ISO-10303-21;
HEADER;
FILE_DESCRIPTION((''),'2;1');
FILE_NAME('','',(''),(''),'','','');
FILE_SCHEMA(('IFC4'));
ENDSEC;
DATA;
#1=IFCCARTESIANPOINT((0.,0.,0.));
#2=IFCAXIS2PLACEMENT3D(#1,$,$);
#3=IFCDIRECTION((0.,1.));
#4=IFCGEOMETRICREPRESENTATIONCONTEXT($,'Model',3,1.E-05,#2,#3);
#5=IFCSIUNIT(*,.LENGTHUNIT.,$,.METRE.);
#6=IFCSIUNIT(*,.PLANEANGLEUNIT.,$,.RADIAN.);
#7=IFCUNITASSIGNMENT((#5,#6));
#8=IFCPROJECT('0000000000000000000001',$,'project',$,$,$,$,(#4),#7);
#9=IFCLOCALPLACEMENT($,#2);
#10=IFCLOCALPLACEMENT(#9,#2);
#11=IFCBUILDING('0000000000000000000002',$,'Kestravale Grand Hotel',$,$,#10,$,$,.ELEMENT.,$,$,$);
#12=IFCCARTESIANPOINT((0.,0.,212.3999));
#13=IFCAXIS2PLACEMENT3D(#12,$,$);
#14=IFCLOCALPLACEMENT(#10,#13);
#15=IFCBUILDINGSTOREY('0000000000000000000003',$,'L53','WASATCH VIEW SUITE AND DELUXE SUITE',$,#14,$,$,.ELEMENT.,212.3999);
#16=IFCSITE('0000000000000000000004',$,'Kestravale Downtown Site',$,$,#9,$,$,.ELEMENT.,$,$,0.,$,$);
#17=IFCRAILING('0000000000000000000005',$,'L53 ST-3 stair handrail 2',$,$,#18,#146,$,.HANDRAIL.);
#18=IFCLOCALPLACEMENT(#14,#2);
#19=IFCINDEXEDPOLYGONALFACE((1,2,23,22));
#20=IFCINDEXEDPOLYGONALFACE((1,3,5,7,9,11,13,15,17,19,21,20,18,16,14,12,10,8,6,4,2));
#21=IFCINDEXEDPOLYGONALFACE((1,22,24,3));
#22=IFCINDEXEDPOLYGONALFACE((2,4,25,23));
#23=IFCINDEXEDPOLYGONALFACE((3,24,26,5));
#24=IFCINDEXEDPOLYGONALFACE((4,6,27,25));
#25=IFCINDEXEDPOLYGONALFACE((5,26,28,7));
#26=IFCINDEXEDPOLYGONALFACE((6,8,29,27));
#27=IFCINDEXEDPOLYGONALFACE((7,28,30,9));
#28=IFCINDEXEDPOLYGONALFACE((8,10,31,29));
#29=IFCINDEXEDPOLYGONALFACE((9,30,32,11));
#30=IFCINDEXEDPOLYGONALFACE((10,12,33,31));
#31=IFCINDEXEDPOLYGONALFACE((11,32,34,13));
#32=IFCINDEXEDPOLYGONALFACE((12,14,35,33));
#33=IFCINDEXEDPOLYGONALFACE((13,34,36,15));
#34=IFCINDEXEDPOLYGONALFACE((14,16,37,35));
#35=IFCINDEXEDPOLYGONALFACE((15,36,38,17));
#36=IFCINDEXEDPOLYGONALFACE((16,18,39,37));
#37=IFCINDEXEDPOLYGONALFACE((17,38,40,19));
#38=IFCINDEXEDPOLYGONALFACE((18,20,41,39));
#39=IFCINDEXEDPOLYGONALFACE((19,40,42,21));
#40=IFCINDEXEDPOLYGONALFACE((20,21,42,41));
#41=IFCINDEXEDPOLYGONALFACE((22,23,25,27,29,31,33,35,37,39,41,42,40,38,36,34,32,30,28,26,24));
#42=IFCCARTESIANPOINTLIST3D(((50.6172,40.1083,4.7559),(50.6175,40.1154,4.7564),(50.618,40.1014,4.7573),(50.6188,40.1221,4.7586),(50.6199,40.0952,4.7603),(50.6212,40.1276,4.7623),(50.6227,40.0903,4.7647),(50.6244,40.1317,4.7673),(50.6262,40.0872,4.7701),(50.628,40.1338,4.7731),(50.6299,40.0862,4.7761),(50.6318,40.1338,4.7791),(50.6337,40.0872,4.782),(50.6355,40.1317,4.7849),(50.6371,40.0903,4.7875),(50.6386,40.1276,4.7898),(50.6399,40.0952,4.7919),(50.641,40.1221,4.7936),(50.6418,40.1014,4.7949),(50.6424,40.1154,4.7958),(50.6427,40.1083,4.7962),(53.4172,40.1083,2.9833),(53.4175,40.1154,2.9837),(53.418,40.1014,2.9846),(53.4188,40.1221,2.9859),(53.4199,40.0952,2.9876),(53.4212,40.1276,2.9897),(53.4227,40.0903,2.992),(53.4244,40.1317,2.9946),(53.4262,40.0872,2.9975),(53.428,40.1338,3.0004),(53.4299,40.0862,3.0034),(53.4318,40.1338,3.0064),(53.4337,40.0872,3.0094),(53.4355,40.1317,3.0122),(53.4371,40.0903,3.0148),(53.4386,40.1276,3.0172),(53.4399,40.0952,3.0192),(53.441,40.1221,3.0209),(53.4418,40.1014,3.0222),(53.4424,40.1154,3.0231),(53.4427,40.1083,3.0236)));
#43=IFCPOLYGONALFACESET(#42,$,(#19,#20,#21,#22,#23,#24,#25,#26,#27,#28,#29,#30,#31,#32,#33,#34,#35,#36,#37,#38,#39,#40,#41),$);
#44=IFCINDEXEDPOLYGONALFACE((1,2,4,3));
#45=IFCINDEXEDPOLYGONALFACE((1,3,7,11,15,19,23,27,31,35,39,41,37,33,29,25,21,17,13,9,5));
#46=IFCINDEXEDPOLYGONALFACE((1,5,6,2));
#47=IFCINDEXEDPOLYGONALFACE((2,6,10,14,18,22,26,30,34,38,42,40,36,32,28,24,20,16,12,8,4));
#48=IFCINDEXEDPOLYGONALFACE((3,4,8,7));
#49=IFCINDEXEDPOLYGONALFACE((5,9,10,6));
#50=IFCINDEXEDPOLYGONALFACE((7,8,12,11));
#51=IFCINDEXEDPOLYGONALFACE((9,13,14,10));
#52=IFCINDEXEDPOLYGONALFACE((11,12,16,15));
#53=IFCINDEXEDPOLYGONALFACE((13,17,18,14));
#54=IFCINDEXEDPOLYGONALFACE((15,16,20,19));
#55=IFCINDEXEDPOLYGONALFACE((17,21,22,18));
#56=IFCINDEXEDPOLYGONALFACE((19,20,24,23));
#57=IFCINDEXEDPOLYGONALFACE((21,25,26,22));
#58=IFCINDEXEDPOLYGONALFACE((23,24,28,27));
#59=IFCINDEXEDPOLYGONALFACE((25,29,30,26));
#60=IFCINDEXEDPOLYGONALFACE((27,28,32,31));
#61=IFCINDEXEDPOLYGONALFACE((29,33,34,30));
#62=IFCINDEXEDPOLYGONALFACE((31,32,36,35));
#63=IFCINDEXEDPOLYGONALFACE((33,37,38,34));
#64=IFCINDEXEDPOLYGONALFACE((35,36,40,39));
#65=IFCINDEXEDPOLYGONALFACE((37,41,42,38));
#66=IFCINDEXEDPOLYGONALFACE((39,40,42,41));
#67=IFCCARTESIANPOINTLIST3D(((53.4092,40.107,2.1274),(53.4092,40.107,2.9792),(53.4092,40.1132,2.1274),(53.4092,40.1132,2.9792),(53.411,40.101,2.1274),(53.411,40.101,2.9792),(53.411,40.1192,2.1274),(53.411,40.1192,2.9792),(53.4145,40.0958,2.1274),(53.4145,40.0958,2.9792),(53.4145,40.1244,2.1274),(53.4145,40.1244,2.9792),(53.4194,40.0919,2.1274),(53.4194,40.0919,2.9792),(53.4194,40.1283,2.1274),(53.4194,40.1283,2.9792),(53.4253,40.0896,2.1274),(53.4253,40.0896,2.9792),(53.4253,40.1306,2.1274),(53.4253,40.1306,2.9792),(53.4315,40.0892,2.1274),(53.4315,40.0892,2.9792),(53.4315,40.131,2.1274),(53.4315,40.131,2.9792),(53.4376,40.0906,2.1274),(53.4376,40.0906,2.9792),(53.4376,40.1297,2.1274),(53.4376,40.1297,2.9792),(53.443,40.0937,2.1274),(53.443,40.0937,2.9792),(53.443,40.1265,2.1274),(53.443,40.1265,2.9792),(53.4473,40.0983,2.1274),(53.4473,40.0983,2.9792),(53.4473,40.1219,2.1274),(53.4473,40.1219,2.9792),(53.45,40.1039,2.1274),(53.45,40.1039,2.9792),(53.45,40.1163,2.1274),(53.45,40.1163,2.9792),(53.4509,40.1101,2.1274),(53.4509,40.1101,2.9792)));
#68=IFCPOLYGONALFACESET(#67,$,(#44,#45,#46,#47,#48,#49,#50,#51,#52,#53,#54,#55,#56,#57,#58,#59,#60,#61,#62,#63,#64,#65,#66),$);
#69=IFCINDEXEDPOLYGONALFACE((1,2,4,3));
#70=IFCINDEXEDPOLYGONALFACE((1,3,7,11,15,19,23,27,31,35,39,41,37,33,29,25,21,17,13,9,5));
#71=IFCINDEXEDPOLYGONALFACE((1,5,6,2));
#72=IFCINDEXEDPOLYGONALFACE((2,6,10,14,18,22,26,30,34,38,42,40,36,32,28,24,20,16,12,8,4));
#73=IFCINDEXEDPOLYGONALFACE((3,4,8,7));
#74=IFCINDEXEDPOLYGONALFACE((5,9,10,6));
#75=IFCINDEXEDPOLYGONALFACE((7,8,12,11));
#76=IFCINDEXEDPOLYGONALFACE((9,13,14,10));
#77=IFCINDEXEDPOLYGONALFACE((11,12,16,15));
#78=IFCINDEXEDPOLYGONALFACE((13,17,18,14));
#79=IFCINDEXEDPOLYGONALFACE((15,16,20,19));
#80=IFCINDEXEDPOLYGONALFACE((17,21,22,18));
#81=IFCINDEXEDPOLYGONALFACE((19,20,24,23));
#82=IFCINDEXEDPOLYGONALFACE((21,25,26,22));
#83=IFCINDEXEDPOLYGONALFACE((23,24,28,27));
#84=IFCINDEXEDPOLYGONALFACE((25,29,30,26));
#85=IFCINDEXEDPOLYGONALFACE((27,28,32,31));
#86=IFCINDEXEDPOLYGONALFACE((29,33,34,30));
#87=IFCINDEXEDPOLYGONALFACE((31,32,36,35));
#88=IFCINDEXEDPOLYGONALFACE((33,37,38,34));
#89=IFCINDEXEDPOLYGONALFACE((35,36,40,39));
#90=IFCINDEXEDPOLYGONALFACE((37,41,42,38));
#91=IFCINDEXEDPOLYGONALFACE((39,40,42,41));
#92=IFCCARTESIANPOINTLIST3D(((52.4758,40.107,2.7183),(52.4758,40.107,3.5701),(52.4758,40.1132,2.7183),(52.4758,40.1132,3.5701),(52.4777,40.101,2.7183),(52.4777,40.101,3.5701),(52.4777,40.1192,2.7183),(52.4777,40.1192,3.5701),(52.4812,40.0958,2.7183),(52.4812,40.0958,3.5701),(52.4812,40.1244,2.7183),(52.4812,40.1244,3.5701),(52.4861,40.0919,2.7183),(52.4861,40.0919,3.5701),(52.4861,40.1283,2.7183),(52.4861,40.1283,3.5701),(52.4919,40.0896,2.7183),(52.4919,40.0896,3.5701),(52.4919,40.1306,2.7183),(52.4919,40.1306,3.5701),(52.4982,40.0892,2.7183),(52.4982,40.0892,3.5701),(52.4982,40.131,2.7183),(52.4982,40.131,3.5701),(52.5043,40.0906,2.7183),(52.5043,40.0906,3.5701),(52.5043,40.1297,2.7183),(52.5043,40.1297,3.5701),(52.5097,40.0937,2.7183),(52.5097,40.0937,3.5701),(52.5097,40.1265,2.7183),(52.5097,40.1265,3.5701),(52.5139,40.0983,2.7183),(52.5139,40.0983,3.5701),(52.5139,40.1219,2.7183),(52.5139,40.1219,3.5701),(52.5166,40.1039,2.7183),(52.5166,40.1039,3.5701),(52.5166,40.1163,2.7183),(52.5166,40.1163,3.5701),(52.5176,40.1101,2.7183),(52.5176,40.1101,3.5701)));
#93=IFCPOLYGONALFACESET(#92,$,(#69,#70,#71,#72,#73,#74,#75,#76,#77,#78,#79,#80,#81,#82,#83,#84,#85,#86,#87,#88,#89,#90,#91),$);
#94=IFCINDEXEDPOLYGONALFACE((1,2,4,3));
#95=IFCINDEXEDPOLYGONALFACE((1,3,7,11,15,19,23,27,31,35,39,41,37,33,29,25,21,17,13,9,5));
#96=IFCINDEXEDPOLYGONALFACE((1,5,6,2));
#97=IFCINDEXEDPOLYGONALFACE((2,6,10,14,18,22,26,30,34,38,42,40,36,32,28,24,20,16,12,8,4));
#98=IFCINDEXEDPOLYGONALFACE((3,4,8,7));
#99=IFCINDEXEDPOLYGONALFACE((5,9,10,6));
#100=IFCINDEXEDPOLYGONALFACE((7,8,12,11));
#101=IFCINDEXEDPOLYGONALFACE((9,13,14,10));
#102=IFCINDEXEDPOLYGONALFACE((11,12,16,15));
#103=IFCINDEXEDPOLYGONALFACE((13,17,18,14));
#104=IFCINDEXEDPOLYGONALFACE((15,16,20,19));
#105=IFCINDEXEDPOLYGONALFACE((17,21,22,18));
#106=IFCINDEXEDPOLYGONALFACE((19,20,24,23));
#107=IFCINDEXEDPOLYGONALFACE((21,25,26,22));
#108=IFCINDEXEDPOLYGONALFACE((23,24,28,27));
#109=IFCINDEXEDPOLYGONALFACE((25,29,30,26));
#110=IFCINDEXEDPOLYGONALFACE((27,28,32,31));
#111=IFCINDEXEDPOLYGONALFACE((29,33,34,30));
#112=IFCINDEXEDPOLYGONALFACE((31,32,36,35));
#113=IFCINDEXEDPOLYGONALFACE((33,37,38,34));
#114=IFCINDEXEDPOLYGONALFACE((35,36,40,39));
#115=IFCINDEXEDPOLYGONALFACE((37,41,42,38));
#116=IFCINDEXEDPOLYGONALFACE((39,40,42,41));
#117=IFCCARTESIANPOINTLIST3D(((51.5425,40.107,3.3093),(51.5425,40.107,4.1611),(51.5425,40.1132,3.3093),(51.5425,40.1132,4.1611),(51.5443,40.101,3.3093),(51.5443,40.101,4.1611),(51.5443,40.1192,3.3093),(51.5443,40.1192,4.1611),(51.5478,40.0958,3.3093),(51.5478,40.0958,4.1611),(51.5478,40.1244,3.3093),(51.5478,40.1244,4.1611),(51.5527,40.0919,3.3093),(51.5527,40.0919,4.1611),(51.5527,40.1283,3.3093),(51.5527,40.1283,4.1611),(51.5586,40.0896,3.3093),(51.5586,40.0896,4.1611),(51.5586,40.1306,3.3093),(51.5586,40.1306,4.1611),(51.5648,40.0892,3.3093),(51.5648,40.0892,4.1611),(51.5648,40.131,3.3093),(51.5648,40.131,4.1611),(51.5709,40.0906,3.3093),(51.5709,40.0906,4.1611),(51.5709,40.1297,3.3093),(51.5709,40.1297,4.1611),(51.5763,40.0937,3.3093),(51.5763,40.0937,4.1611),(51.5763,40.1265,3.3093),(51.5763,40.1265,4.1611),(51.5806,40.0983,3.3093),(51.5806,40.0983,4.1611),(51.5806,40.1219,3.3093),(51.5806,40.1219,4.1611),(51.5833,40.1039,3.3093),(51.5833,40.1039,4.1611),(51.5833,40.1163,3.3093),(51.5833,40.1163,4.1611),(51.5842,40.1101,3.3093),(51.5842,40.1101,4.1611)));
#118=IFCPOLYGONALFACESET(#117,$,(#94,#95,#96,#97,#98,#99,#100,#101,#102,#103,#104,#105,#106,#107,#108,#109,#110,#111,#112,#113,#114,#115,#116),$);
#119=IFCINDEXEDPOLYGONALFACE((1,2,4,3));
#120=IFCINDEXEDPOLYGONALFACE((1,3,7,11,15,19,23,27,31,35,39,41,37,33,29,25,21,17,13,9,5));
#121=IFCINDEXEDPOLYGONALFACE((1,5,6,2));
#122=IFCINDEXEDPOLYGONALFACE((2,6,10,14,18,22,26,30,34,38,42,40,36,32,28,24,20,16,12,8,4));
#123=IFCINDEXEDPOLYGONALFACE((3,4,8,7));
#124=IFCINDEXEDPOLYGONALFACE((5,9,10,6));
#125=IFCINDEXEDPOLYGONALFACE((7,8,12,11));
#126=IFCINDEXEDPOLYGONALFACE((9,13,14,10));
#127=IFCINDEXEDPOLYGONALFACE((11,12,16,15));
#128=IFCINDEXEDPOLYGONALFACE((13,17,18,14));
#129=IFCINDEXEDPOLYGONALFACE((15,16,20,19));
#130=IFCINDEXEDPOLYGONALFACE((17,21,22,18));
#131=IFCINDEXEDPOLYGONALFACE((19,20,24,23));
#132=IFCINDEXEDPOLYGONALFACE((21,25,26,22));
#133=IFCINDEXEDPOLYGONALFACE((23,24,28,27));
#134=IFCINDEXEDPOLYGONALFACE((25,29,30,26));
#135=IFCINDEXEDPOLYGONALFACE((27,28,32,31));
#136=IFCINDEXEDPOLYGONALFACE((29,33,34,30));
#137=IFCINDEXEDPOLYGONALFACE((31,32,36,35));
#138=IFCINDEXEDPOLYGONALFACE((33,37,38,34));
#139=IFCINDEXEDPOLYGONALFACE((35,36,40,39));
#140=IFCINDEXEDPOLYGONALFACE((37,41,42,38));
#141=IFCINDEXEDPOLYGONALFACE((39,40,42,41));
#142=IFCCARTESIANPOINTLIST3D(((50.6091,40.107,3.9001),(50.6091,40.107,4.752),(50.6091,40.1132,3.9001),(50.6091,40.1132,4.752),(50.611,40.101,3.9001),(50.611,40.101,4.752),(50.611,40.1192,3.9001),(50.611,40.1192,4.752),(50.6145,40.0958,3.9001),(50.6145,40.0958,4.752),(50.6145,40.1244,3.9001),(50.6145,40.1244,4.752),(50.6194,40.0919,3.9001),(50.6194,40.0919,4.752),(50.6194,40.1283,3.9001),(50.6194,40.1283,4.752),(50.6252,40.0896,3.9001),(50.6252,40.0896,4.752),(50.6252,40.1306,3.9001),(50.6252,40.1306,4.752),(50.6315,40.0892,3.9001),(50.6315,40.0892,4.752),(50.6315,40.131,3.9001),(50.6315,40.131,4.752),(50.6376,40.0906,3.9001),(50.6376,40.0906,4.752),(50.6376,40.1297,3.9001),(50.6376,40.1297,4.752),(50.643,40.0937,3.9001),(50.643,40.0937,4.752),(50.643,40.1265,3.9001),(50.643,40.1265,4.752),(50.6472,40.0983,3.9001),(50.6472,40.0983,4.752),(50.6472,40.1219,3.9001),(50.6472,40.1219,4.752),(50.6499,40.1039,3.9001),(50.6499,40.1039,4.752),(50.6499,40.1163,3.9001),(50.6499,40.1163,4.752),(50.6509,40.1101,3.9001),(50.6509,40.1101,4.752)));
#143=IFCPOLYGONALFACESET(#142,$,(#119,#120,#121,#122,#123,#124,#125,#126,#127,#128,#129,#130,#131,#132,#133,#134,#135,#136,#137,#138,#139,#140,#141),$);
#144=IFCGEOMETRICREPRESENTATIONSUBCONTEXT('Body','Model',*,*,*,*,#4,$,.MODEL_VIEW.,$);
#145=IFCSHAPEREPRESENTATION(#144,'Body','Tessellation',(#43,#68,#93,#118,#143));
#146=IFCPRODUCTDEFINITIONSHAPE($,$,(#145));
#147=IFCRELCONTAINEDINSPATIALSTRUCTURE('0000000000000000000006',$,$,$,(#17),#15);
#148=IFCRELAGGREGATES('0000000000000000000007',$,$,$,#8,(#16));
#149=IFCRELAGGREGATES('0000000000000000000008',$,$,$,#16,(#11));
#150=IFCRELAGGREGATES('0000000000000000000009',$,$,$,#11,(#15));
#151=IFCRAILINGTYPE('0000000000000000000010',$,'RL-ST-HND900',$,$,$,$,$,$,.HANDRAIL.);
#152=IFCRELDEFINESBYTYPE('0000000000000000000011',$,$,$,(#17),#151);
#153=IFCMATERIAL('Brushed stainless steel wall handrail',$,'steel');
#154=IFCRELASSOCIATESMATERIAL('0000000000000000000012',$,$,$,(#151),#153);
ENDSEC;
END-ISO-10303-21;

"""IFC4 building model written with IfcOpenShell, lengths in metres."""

from ifc_helpers import new_model, si_unit, direction, frame, origin, origin_2d, place, context, subcontext, project, spatial, circle, extrude, material, type_object, element, save


model = new_model("IFC4")

# Units and contexts
model_context = context("Model", 3, precision=1e-05, world=origin(), true_north=direction((0.0, 1.0)))
body_context = subcontext(model_context, "Body", "Model", "MODEL_VIEW")
ifc_project = project(units=[si_unit("LENGTHUNIT", "METRE"), si_unit("PLANEANGLEUNIT", "RADIAN")], contexts=[model_context])

# Site, building, storey
site_placement = place(None, origin())
site = spatial("IfcSite", under=ifc_project, at=site_placement, Name="Kestravale Downtown Site", CompositionType="ELEMENT", RefElevation=0.0)
building_placement = place(site_placement, origin())
building = spatial("IfcBuilding", under=site, at=building_placement, Name="Kestravale Grand Hotel", CompositionType="ELEMENT")
storey_placement = place(building_placement, frame((0.0, 0.0, 212.3999)))
storey = spatial("IfcBuildingStorey", under=building, at=storey_placement, Name="L53", Description="WASATCH VIEW SUITE AND DELUXE SUITE", CompositionType="ELEMENT", Elevation=212.3999)

# Railing
ifc_material_1 = material(Name="Brushed stainless steel wall handrail", Category="steel")
railing_type_1 = type_object("IfcRailingType", Name="RL-ST-HND900", PredefinedType="HANDRAIL", material=ifc_material_1)
railing_1_placement = place(storey_placement, frame((53.4299, 40.1101, 2.1274)))
element("IfcRailing", 1, at=railing_1_placement, inside=storey, type_object=railing_type_1, Name="L53 ST-3 stair handrail 2", PredefinedType="HANDRAIL", context=body_context, shape_type="SweptSolid", body=[
    extrude(circle(Radius=0.0239, at=origin_2d()), frame((0.0, 0.0, 0.876), z_axis=(-0.844909, 0.0, 0.53491), x_axis=(0.0, -1.0, 0.0)), (0.0, 0.0, 1.0), 3.314),
    extrude(circle(Radius=0.021, at=origin_2d()), origin(), (0.0, 0.0, 1.0), 0.8518),
    extrude(circle(Radius=0.021, at=origin_2d()), frame((-0.9333, 0.0, 0.5908)), (0.0, 0.0, 1.0), 0.8518),
    extrude(circle(Radius=0.021, at=origin_2d()), frame((-1.8667, 0.0, 1.1819)), (0.0, 0.0, 1.0), 0.8518),
    extrude(circle(Radius=0.021, at=origin_2d()), frame((-2.8, 0.0, 1.7727)), (0.0, 0.0, 1.0), 0.8518),
])

save(model, "model.ifc")
